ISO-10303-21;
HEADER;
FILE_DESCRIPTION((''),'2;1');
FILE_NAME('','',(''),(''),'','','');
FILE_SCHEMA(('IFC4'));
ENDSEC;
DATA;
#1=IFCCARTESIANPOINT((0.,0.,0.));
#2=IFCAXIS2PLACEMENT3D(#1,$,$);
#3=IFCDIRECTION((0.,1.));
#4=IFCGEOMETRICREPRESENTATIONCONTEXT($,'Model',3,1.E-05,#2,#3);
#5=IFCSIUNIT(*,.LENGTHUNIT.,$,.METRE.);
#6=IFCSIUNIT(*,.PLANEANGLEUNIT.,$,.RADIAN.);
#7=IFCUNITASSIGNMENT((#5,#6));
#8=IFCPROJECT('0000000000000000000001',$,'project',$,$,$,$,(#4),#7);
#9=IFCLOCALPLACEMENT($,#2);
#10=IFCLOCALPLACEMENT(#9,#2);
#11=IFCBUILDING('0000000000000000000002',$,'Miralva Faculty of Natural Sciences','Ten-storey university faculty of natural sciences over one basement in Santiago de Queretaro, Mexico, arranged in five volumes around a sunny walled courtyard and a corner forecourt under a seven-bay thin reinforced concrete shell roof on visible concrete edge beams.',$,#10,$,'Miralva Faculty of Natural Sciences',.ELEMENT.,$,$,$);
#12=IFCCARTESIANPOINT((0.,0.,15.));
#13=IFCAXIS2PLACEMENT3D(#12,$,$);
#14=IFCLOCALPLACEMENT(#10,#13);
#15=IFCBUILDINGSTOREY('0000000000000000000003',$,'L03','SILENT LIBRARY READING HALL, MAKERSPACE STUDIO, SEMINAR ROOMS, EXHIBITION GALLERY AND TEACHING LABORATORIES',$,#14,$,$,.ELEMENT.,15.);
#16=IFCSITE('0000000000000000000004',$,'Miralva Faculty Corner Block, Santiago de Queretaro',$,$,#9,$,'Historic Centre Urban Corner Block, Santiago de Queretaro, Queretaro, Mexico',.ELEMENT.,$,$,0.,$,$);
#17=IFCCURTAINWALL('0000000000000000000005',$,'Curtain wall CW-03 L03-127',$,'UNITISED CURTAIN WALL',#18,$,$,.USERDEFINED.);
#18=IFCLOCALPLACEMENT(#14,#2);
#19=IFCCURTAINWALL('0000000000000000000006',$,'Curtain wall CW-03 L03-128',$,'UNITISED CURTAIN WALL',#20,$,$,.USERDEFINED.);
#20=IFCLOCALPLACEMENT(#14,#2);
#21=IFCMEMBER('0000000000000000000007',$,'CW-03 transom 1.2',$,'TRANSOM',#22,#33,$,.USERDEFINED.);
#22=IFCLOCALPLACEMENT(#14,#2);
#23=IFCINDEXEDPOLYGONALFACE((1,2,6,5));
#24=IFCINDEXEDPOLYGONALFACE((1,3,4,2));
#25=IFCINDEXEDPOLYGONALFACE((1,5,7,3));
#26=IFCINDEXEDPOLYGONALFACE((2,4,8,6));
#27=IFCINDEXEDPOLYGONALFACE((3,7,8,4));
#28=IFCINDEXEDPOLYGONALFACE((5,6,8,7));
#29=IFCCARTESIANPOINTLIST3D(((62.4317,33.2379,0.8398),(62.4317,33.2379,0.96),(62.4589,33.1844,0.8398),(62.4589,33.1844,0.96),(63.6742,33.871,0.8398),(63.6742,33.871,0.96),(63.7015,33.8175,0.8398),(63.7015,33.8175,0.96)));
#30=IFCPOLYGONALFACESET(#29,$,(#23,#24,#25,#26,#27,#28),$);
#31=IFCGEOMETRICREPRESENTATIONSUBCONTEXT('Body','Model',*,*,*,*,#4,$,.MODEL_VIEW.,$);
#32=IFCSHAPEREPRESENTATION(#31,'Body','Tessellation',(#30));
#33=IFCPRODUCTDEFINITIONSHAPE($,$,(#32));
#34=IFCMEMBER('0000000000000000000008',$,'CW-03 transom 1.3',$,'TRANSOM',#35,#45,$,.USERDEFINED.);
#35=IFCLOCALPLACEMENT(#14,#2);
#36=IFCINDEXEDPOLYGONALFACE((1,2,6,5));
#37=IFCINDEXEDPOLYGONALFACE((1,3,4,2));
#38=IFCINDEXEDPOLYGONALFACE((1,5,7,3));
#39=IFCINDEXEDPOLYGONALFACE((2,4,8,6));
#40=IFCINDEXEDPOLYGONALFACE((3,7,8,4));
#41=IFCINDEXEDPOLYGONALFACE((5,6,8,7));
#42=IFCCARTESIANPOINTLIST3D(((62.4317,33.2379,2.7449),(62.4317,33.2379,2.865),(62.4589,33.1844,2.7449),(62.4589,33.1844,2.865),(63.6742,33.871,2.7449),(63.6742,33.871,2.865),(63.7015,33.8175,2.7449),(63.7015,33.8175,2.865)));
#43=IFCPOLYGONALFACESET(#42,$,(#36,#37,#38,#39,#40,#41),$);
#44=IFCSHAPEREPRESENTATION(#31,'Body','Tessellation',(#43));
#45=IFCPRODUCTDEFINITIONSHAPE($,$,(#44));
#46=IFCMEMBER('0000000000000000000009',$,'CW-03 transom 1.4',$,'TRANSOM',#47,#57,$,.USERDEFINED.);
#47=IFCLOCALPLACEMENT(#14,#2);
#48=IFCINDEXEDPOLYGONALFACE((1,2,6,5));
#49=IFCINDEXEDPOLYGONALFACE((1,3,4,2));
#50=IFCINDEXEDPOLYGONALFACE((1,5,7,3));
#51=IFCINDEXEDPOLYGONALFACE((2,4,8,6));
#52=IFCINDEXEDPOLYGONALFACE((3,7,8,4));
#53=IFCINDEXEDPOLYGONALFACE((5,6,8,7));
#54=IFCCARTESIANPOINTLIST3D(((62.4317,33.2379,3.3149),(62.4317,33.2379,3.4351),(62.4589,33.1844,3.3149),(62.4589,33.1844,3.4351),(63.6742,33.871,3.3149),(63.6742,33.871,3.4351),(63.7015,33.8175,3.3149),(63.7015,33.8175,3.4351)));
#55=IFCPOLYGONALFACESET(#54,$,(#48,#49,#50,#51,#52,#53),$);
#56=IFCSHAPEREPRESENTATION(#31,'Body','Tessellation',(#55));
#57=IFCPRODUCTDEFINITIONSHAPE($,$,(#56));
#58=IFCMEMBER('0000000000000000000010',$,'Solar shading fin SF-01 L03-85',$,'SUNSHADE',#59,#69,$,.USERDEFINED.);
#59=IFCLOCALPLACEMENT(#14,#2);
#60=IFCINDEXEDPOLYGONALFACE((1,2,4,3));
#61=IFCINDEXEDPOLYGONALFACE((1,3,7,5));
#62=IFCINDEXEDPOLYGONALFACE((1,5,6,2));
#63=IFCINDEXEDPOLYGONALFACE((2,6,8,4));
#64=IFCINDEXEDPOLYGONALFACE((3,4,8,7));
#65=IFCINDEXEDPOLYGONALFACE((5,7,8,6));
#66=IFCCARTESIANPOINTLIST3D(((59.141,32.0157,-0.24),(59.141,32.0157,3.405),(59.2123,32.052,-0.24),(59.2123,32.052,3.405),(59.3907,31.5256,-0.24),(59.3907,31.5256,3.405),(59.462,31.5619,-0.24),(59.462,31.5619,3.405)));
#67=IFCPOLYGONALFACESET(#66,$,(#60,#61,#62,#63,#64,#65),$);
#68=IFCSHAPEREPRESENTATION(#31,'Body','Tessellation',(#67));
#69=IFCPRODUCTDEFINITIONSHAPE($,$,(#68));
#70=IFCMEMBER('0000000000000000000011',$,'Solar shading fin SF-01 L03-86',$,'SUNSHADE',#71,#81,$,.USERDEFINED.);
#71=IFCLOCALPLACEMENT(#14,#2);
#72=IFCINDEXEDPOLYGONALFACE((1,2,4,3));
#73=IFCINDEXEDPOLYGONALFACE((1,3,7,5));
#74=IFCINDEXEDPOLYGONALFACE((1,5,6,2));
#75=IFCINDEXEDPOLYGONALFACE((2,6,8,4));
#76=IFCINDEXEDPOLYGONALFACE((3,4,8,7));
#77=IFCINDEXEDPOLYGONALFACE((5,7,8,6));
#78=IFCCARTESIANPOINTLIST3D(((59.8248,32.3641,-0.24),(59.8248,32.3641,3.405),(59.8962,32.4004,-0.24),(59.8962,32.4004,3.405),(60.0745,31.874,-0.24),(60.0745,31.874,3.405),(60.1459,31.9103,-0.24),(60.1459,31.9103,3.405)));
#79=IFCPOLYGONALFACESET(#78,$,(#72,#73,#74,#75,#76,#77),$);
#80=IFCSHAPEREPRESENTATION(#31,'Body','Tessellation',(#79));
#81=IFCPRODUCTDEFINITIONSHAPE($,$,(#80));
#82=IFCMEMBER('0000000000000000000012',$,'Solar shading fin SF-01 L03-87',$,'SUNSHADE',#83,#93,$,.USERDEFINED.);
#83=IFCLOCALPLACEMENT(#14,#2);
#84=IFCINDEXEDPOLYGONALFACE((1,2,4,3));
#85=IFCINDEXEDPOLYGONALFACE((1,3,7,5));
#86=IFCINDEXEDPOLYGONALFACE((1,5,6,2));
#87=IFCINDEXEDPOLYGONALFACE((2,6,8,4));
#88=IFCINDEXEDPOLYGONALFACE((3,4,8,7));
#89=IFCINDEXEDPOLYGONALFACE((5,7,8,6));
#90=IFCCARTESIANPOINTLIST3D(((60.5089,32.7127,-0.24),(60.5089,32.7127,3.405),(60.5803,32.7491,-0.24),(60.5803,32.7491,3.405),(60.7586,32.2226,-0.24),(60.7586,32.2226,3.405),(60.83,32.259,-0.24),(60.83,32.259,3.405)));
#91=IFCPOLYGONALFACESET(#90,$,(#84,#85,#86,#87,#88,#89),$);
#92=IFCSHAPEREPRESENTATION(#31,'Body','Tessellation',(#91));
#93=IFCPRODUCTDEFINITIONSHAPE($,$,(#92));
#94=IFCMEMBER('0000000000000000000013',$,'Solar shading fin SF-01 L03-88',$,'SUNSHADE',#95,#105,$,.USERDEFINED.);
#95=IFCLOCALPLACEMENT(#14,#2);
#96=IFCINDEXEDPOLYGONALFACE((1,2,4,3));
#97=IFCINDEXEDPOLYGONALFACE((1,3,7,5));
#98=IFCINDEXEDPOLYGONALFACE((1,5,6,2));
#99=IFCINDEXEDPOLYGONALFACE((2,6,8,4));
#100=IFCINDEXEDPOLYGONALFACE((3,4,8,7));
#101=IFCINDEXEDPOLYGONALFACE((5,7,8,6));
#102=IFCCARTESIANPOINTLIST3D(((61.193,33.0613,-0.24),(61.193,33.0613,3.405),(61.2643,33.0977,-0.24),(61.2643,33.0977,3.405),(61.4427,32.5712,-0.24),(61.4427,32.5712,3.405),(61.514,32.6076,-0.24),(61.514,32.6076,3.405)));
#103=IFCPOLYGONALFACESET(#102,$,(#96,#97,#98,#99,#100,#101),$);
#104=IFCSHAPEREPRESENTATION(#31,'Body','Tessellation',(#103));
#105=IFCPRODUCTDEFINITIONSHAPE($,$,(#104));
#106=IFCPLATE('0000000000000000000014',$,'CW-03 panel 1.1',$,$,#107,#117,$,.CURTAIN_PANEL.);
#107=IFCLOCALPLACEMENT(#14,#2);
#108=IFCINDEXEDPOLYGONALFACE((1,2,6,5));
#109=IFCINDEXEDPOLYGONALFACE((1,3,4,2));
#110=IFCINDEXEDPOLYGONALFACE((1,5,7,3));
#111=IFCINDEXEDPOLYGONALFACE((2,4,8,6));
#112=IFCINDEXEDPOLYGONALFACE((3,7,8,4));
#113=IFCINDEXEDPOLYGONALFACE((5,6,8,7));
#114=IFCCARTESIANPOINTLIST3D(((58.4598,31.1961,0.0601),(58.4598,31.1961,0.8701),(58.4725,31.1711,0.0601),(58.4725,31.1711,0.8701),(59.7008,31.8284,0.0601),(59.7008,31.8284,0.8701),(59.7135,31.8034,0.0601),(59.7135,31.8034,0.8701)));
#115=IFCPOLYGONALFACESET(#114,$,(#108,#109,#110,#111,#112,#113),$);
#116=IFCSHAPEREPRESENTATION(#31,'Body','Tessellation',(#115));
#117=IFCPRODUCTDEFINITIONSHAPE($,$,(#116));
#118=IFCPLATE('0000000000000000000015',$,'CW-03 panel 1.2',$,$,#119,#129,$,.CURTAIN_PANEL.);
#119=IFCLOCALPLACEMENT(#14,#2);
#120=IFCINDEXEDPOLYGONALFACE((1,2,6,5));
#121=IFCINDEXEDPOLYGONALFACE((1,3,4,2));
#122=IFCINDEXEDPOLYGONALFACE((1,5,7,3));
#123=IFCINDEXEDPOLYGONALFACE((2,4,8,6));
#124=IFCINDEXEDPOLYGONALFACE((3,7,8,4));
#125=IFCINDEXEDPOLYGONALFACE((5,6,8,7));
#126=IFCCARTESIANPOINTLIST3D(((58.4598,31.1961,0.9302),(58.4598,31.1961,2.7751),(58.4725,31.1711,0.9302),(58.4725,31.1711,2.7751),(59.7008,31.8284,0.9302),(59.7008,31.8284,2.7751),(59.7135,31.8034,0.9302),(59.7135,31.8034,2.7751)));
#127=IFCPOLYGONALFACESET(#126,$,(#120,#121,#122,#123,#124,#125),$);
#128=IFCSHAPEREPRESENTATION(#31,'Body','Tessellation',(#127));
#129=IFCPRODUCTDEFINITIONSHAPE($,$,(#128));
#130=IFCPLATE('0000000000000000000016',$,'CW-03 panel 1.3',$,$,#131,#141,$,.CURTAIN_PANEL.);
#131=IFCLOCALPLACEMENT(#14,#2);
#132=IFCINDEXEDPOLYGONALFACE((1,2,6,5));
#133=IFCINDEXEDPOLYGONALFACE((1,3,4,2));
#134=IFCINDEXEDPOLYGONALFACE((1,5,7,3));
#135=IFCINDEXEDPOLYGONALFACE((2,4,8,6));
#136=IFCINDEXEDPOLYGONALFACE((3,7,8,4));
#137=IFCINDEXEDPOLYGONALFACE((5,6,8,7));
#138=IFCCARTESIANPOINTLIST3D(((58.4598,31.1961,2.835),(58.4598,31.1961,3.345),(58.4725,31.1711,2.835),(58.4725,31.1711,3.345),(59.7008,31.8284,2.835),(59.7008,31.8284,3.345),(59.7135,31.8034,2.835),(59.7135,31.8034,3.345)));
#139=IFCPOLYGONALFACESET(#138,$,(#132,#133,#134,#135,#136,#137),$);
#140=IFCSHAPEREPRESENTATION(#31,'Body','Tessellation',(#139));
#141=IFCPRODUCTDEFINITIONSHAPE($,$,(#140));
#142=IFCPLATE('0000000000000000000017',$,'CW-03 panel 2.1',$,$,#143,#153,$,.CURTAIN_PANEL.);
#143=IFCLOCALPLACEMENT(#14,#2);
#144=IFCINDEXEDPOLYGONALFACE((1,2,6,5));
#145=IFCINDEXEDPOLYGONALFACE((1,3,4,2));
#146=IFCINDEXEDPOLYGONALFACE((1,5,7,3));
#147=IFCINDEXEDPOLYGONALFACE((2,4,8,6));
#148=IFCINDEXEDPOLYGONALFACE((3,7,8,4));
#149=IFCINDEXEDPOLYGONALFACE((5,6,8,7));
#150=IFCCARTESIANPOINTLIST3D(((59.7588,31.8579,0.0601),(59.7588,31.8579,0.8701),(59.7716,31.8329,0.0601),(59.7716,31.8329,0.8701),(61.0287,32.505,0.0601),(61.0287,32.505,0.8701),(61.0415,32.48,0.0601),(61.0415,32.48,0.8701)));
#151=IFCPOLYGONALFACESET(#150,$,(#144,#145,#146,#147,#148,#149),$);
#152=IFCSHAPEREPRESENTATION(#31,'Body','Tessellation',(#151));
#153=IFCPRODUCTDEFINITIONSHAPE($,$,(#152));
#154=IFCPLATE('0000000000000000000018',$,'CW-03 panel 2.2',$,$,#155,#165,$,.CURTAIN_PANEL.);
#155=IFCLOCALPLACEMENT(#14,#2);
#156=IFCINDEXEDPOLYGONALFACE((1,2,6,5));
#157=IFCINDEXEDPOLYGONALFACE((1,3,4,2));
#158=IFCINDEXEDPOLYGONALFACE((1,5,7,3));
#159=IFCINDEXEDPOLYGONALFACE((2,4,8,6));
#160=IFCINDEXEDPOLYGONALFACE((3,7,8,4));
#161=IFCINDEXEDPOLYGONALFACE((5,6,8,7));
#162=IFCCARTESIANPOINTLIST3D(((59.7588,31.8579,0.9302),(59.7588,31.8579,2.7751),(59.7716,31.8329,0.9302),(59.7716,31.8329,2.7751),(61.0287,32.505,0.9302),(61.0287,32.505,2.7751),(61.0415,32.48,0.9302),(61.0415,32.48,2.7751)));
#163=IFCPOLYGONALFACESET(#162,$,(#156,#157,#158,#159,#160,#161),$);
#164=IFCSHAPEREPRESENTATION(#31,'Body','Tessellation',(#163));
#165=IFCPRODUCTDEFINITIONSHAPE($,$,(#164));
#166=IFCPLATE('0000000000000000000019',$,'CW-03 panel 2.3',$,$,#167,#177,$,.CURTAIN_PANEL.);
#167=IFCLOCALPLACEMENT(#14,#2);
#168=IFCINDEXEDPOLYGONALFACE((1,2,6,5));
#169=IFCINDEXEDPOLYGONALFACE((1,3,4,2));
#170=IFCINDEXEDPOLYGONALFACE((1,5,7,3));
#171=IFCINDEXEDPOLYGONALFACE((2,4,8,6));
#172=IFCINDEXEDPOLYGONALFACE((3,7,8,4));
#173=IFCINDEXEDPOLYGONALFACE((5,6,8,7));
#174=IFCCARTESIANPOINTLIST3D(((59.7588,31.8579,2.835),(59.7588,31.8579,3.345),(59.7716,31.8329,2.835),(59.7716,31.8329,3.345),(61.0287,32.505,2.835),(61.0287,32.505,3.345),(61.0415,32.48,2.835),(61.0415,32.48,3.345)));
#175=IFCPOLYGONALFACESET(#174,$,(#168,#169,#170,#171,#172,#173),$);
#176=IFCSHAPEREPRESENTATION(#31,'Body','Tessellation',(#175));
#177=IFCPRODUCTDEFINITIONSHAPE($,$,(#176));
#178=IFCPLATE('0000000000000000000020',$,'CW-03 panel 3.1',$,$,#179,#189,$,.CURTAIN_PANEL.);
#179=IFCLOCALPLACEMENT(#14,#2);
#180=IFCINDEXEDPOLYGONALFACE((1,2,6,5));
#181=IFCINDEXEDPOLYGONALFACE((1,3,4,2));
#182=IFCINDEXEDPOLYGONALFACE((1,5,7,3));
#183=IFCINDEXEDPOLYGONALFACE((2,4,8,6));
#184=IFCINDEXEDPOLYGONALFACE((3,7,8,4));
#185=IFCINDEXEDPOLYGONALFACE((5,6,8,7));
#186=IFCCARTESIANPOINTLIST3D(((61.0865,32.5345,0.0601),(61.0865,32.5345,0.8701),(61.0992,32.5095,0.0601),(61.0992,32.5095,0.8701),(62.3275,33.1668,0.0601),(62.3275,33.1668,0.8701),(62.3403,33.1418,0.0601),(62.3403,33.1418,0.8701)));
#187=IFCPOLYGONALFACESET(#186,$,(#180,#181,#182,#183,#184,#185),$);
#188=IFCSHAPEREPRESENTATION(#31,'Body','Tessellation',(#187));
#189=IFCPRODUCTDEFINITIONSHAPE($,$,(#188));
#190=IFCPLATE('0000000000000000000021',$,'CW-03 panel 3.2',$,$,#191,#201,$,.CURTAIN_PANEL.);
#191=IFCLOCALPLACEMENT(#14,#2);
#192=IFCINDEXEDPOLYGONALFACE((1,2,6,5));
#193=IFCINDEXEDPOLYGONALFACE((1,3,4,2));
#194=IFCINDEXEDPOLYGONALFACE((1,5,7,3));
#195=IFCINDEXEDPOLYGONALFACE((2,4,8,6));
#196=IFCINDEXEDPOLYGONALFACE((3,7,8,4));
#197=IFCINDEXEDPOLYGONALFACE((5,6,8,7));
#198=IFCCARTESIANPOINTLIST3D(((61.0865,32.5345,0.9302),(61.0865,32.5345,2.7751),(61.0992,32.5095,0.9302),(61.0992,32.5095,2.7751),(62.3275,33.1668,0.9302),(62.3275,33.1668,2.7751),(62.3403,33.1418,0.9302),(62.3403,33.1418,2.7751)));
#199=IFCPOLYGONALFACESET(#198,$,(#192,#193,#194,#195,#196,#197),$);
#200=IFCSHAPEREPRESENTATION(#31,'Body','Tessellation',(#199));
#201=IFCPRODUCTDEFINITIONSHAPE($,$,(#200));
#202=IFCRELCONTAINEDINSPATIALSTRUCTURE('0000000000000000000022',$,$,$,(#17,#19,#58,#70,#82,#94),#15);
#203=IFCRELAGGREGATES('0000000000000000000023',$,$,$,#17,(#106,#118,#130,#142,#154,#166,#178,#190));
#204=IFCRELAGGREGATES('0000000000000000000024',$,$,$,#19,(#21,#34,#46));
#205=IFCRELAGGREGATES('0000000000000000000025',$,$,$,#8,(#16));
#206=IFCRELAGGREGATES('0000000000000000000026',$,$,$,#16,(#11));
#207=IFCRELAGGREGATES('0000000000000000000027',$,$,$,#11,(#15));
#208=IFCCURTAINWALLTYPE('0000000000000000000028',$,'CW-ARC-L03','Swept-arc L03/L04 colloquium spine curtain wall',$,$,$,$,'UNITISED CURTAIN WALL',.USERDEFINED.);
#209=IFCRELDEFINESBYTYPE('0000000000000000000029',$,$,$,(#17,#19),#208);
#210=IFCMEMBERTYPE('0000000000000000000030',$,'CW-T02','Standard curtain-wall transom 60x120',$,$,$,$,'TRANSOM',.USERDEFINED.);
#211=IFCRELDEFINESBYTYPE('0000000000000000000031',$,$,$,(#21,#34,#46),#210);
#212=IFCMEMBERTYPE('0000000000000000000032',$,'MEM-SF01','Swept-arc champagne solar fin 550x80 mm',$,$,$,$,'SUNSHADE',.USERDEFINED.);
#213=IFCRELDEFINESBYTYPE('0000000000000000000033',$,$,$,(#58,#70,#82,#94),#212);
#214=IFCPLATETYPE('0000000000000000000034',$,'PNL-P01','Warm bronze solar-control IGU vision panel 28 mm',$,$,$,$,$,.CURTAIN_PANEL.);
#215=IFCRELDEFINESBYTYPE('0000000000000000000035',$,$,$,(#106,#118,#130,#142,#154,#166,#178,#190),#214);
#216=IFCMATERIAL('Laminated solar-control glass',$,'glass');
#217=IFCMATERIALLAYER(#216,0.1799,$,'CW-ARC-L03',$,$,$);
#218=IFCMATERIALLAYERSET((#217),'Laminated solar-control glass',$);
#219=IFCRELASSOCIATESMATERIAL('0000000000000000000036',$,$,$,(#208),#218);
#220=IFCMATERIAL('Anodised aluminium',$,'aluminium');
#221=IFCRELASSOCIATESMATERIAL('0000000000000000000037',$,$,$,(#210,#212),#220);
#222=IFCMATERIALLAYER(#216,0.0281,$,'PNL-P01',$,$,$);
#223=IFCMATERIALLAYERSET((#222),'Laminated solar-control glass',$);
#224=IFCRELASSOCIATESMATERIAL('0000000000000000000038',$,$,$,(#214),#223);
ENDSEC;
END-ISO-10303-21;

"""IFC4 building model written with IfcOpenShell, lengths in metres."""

from ifc_helpers import new_model, si_unit, direction, frame, origin, origin_2d, place, context, subcontext, project, spatial, rectangle, extrude, material, layer, layer_set, material_profile, profile_set, type_object, element, aggregate, save


model = new_model("IFC4")

# Units and contexts
model_context = context("Model", 3, precision=1e-05, world=origin(), true_north=direction((0.0, 1.0)))
body_context = subcontext(model_context, "Body", "Model", "MODEL_VIEW")
ifc_project = project(units=[si_unit("LENGTHUNIT", "METRE"), si_unit("PLANEANGLEUNIT", "RADIAN")], contexts=[model_context])

# Site, building, storey
site_placement = place(None, origin())
site = spatial("IfcSite", under=ifc_project, at=site_placement, Name="Miralva Faculty Corner Block, Santiago de Queretaro", LongName="Historic Centre Urban Corner Block, Santiago de Queretaro, Queretaro, Mexico", CompositionType="ELEMENT", RefElevation=0.0)
building_placement = place(site_placement, origin())
building = spatial("IfcBuilding", under=site, at=building_placement, Name="Miralva Faculty of Natural Sciences", Description="Ten-storey university faculty of natural sciences over one basement in Santiago de Queretaro, Mexico, arranged in five volumes around a sunny walled courtyard and a corner forecourt under a seven-bay thin reinforced concrete shell roof on visible concrete edge beams.", LongName="Miralva Faculty of Natural Sciences", CompositionType="ELEMENT")
storey_placement = place(building_placement, frame((0.0, 0.0, 15.0)))
storey = spatial("IfcBuildingStorey", under=building, at=storey_placement, Name="L03", Description="SILENT LIBRARY READING HALL, MAKERSPACE STUDIO, SEMINAR ROOMS, EXHIBITION GALLERY AND TEACHING LABORATORIES", CompositionType="ELEMENT", Elevation=15.0)

# Curtain wall
ifc_material_1 = material(Name="Laminated solar-control glass", Category="glass")
ifc_layer_1 = layer(ifc_material_1, 0.1799, Name="CW-ARC-L03")
ifc_layer_set_1 = layer_set([ifc_layer_1], Name="Laminated solar-control glass")
curtain_wall_type = type_object("IfcCurtainWallType", Name="CW-ARC-L03", Description="Swept-arc L03/L04 colloquium spine curtain wall", ElementType="UNITISED CURTAIN WALL", PredefinedType="USERDEFINED", material=ifc_layer_set_1)
curtain_wall_1_placement = place(storey_placement, origin())
curtain_wall_1 = element("IfcCurtainWall", 1, at=curtain_wall_1_placement, inside=storey, type_object=curtain_wall_type, Name="Curtain wall CW-03 L03-127", ObjectType="UNITISED CURTAIN WALL", PredefinedType="USERDEFINED")
ifc_material_2 = material(Name="Anodised aluminium", Category="aluminium")

# Curtain wall
curtain_wall_2_placement = place(storey_placement, origin())
curtain_wall_2 = element("IfcCurtainWall", 2, at=curtain_wall_2_placement, inside=storey, type_object=curtain_wall_type, Name="Curtain wall CW-03 L03-128", ObjectType="UNITISED CURTAIN WALL", PredefinedType="USERDEFINED")

# Members
ifc_material_profile_1 = material_profile(ifc_material_2, rectangle(XDim=0.0601, YDim=0.1201, at=origin_2d()), Name="TRANSOM 60x120")
ifc_profile_set_1 = profile_set([ifc_material_profile_1], Name="Anodised aluminium")
member_type_1 = type_object("IfcMemberType", Name="CW-T02", Description="Standard curtain-wall transom 60x120", ElementType="TRANSOM", PredefinedType="USERDEFINED", material=ifc_profile_set_1)
member_1_placement = place(storey_placement, frame((62.4453, 33.2112, 0.8999), z_axis=(0.891005, 0.453994, 0.0), x_axis=(-0.453994, 0.891005, 0.0)))
member_1 = element("IfcMember", 3, at=member_1_placement, type_object=member_type_1, Name="CW-03 transom 1.2", ObjectType="TRANSOM", PredefinedType="USERDEFINED", context=body_context, shape_type="SweptSolid", body=[
    extrude(rectangle(XDim=0.0601, YDim=0.1201, at=origin_2d()), origin(), (0.0, 0.0, 1.0), 1.3945),
])
member_2_placement = place(storey_placement, frame((62.4453, 33.2112, 2.8049), z_axis=(0.891005, 0.453994, 0.0), x_axis=(-0.453994, 0.891005, 0.0)))
member_2 = element("IfcMember", 4, at=member_2_placement, type_object=member_type_1, Name="CW-03 transom 1.3", ObjectType="TRANSOM", PredefinedType="USERDEFINED", context=body_context, shape_type="SweptSolid", body=[
    extrude(rectangle(XDim=0.0601, YDim=0.1201, at=origin_2d()), origin(), (0.0, 0.0, 1.0), 1.3945),
])
member_3_placement = place(storey_placement, frame((62.4453, 33.2112, 3.375), z_axis=(0.891005, 0.453994, 0.0), x_axis=(-0.453994, 0.891005, 0.0)))
member_3 = element("IfcMember", 5, at=member_3_placement, type_object=member_type_1, Name="CW-03 transom 1.4", ObjectType="TRANSOM", PredefinedType="USERDEFINED", context=body_context, shape_type="SweptSolid", body=[
    extrude(rectangle(XDim=0.0601, YDim=0.1201, at=origin_2d()), origin(), (0.0, 0.0, 1.0), 1.3945),
])

# Members
ifc_material_profile_2 = material_profile(ifc_material_2, rectangle(XDim=0.0801, YDim=0.55, at=origin_2d()), Name="FIN 550x80")
ifc_profile_set_2 = profile_set([ifc_material_profile_2], Name="Anodised aluminium")
member_type_2 = type_object("IfcMemberType", Name="MEM-SF01", Description="Swept-arc champagne solar fin 550x80 mm", ElementType="SUNSHADE", PredefinedType="USERDEFINED", material=ifc_profile_set_2)
for number, where, z_axis, x_axis, name in (
    (6, (59.3015, 31.7888, -0.24), (0.0, 0.0, 1.0), (-0.891007, -0.45399, 0.0), "Solar shading fin SF-01 L03-85"),
    (7, (59.9854, 32.1372, -0.24), (0.0, 0.0, 1.0), (-0.891007, -0.45399, 0.0), "Solar shading fin SF-01 L03-86"),
    (8, (60.6694, 32.4858, -0.24), (0.0, 0.0, 1.0), (-0.891007, -0.45399, 0.0), "Solar shading fin SF-01 L03-87"),
    (9, (61.3535, 32.8345, -0.24), (0.0, 0.0, 1.0), (-0.891007, -0.45399, 0.0), "Solar shading fin SF-01 L03-88"),
):
    element("IfcMember", number, at=place(storey_placement, frame(where, z_axis=z_axis, x_axis=x_axis)), inside=storey, type_object=member_type_2, Name=name, ObjectType="SUNSHADE", PredefinedType="USERDEFINED", context=body_context, shape_type="SweptSolid", body=[
        extrude(rectangle(XDim=0.0801, YDim=0.55, at=origin_2d()), origin(), (0.0, 0.0, 1.0), 3.645),
    ])

# Plates
ifc_layer_2 = layer(ifc_material_1, 0.0281, Name="PNL-P01")
ifc_layer_set_2 = layer_set([ifc_layer_2], Name="Laminated solar-control glass")
plate_type = type_object("IfcPlateType", Name="PNL-P01", Description="Warm bronze solar-control IGU vision panel 28 mm", PredefinedType="CURTAIN_PANEL", material=ifc_layer_set_2)
plate_1_placement = place(storey_placement, frame((59.0867, 31.4998, 0.0601), z_axis=(0.0, 0.0, 1.0), x_axis=(0.891002, 0.454, 0.0)))
plate_1 = element("IfcPlate", 10, at=plate_1_placement, type_object=plate_type, Name="CW-03 panel 1.1", PredefinedType="CURTAIN_PANEL", context=body_context, shape_type="SweptSolid", body=[
    extrude(rectangle(XDim=1.3928, YDim=0.0281, at=origin_2d()), origin(), (0.0, 0.0, 1.0), 0.8101),
])
plate_2_placement = place(storey_placement, frame((59.0867, 31.4998, 0.9302), z_axis=(0.0, 0.0, 1.0), x_axis=(0.891002, 0.454, 0.0)))
plate_2 = element("IfcPlate", 11, at=plate_2_placement, type_object=plate_type, Name="CW-03 panel 1.2", PredefinedType="CURTAIN_PANEL", context=body_context, shape_type="SweptSolid", body=[
    extrude(rectangle(XDim=1.3928, YDim=0.0281, at=origin_2d()), origin(), (0.0, 0.0, 1.0), 1.845),
])
plate_3_placement = place(storey_placement, frame((59.0867, 31.4998, 2.835), z_axis=(0.0, 0.0, 1.0), x_axis=(0.891002, 0.454, 0.0)))
plate_3 = element("IfcPlate", 12, at=plate_3_placement, type_object=plate_type, Name="CW-03 panel 1.3", PredefinedType="CURTAIN_PANEL", context=body_context, shape_type="SweptSolid", body=[
    extrude(rectangle(XDim=1.3928, YDim=0.0281, at=origin_2d()), origin(), (0.0, 0.0, 1.0), 0.51),
])
plate_4_placement = place(storey_placement, frame((60.4001, 32.1689, 0.0601), z_axis=(0.0, 0.0, 1.0), x_axis=(0.891002, 0.454, 0.0)))
plate_4 = element("IfcPlate", 13, at=plate_4_placement, type_object=plate_type, Name="CW-03 panel 2.1", PredefinedType="CURTAIN_PANEL", context=body_context, shape_type="SweptSolid", body=[
    extrude(rectangle(XDim=1.4253, YDim=0.0281, at=origin_2d()), origin(), (0.0, 0.0, 1.0), 0.8101),
])
plate_5_placement = place(storey_placement, frame((60.4001, 32.1689, 0.9302), z_axis=(0.0, 0.0, 1.0), x_axis=(0.891002, 0.454, 0.0)))
plate_5 = element("IfcPlate", 14, at=plate_5_placement, type_object=plate_type, Name="CW-03 panel 2.2", PredefinedType="CURTAIN_PANEL", context=body_context, shape_type="SweptSolid", body=[
    extrude(rectangle(XDim=1.4253, YDim=0.0281, at=origin_2d()), origin(), (0.0, 0.0, 1.0), 1.845),
])
plate_6_placement = place(storey_placement, frame((60.4001, 32.1689, 2.835), z_axis=(0.0, 0.0, 1.0), x_axis=(0.891002, 0.454, 0.0)))
plate_6 = element("IfcPlate", 15, at=plate_6_placement, type_object=plate_type, Name="CW-03 panel 2.3", PredefinedType="CURTAIN_PANEL", context=body_context, shape_type="SweptSolid", body=[
    extrude(rectangle(XDim=1.4253, YDim=0.0281, at=origin_2d()), origin(), (0.0, 0.0, 1.0), 0.51),
])
plate_7_placement = place(storey_placement, frame((61.7134, 32.8381, 0.0601), z_axis=(0.0, 0.0, 1.0), x_axis=(0.891002, 0.454, 0.0)))
plate_7 = element("IfcPlate", 16, at=plate_7_placement, type_object=plate_type, Name="CW-03 panel 3.1", PredefinedType="CURTAIN_PANEL", context=body_context, shape_type="SweptSolid", body=[
    extrude(rectangle(XDim=1.3928, YDim=0.0281, at=origin_2d()), origin(), (0.0, 0.0, 1.0), 0.8101),
])
plate_8_placement = place(storey_placement, frame((61.7134, 32.8381, 0.9302), z_axis=(0.0, 0.0, 1.0), x_axis=(0.891002, 0.454, 0.0)))
plate_8 = element("IfcPlate", 17, at=plate_8_placement, type_object=plate_type, Name="CW-03 panel 3.2", PredefinedType="CURTAIN_PANEL", context=body_context, shape_type="SweptSolid", body=[
    extrude(rectangle(XDim=1.3928, YDim=0.0281, at=origin_2d()), origin(), (0.0, 0.0, 1.0), 1.845),
])
aggregate(curtain_wall_1, [plate_1, plate_2, plate_3, plate_4, plate_5, plate_6, plate_7, plate_8])
aggregate(curtain_wall_2, [member_1, member_2, member_3])

save(model, "model.ifc")
